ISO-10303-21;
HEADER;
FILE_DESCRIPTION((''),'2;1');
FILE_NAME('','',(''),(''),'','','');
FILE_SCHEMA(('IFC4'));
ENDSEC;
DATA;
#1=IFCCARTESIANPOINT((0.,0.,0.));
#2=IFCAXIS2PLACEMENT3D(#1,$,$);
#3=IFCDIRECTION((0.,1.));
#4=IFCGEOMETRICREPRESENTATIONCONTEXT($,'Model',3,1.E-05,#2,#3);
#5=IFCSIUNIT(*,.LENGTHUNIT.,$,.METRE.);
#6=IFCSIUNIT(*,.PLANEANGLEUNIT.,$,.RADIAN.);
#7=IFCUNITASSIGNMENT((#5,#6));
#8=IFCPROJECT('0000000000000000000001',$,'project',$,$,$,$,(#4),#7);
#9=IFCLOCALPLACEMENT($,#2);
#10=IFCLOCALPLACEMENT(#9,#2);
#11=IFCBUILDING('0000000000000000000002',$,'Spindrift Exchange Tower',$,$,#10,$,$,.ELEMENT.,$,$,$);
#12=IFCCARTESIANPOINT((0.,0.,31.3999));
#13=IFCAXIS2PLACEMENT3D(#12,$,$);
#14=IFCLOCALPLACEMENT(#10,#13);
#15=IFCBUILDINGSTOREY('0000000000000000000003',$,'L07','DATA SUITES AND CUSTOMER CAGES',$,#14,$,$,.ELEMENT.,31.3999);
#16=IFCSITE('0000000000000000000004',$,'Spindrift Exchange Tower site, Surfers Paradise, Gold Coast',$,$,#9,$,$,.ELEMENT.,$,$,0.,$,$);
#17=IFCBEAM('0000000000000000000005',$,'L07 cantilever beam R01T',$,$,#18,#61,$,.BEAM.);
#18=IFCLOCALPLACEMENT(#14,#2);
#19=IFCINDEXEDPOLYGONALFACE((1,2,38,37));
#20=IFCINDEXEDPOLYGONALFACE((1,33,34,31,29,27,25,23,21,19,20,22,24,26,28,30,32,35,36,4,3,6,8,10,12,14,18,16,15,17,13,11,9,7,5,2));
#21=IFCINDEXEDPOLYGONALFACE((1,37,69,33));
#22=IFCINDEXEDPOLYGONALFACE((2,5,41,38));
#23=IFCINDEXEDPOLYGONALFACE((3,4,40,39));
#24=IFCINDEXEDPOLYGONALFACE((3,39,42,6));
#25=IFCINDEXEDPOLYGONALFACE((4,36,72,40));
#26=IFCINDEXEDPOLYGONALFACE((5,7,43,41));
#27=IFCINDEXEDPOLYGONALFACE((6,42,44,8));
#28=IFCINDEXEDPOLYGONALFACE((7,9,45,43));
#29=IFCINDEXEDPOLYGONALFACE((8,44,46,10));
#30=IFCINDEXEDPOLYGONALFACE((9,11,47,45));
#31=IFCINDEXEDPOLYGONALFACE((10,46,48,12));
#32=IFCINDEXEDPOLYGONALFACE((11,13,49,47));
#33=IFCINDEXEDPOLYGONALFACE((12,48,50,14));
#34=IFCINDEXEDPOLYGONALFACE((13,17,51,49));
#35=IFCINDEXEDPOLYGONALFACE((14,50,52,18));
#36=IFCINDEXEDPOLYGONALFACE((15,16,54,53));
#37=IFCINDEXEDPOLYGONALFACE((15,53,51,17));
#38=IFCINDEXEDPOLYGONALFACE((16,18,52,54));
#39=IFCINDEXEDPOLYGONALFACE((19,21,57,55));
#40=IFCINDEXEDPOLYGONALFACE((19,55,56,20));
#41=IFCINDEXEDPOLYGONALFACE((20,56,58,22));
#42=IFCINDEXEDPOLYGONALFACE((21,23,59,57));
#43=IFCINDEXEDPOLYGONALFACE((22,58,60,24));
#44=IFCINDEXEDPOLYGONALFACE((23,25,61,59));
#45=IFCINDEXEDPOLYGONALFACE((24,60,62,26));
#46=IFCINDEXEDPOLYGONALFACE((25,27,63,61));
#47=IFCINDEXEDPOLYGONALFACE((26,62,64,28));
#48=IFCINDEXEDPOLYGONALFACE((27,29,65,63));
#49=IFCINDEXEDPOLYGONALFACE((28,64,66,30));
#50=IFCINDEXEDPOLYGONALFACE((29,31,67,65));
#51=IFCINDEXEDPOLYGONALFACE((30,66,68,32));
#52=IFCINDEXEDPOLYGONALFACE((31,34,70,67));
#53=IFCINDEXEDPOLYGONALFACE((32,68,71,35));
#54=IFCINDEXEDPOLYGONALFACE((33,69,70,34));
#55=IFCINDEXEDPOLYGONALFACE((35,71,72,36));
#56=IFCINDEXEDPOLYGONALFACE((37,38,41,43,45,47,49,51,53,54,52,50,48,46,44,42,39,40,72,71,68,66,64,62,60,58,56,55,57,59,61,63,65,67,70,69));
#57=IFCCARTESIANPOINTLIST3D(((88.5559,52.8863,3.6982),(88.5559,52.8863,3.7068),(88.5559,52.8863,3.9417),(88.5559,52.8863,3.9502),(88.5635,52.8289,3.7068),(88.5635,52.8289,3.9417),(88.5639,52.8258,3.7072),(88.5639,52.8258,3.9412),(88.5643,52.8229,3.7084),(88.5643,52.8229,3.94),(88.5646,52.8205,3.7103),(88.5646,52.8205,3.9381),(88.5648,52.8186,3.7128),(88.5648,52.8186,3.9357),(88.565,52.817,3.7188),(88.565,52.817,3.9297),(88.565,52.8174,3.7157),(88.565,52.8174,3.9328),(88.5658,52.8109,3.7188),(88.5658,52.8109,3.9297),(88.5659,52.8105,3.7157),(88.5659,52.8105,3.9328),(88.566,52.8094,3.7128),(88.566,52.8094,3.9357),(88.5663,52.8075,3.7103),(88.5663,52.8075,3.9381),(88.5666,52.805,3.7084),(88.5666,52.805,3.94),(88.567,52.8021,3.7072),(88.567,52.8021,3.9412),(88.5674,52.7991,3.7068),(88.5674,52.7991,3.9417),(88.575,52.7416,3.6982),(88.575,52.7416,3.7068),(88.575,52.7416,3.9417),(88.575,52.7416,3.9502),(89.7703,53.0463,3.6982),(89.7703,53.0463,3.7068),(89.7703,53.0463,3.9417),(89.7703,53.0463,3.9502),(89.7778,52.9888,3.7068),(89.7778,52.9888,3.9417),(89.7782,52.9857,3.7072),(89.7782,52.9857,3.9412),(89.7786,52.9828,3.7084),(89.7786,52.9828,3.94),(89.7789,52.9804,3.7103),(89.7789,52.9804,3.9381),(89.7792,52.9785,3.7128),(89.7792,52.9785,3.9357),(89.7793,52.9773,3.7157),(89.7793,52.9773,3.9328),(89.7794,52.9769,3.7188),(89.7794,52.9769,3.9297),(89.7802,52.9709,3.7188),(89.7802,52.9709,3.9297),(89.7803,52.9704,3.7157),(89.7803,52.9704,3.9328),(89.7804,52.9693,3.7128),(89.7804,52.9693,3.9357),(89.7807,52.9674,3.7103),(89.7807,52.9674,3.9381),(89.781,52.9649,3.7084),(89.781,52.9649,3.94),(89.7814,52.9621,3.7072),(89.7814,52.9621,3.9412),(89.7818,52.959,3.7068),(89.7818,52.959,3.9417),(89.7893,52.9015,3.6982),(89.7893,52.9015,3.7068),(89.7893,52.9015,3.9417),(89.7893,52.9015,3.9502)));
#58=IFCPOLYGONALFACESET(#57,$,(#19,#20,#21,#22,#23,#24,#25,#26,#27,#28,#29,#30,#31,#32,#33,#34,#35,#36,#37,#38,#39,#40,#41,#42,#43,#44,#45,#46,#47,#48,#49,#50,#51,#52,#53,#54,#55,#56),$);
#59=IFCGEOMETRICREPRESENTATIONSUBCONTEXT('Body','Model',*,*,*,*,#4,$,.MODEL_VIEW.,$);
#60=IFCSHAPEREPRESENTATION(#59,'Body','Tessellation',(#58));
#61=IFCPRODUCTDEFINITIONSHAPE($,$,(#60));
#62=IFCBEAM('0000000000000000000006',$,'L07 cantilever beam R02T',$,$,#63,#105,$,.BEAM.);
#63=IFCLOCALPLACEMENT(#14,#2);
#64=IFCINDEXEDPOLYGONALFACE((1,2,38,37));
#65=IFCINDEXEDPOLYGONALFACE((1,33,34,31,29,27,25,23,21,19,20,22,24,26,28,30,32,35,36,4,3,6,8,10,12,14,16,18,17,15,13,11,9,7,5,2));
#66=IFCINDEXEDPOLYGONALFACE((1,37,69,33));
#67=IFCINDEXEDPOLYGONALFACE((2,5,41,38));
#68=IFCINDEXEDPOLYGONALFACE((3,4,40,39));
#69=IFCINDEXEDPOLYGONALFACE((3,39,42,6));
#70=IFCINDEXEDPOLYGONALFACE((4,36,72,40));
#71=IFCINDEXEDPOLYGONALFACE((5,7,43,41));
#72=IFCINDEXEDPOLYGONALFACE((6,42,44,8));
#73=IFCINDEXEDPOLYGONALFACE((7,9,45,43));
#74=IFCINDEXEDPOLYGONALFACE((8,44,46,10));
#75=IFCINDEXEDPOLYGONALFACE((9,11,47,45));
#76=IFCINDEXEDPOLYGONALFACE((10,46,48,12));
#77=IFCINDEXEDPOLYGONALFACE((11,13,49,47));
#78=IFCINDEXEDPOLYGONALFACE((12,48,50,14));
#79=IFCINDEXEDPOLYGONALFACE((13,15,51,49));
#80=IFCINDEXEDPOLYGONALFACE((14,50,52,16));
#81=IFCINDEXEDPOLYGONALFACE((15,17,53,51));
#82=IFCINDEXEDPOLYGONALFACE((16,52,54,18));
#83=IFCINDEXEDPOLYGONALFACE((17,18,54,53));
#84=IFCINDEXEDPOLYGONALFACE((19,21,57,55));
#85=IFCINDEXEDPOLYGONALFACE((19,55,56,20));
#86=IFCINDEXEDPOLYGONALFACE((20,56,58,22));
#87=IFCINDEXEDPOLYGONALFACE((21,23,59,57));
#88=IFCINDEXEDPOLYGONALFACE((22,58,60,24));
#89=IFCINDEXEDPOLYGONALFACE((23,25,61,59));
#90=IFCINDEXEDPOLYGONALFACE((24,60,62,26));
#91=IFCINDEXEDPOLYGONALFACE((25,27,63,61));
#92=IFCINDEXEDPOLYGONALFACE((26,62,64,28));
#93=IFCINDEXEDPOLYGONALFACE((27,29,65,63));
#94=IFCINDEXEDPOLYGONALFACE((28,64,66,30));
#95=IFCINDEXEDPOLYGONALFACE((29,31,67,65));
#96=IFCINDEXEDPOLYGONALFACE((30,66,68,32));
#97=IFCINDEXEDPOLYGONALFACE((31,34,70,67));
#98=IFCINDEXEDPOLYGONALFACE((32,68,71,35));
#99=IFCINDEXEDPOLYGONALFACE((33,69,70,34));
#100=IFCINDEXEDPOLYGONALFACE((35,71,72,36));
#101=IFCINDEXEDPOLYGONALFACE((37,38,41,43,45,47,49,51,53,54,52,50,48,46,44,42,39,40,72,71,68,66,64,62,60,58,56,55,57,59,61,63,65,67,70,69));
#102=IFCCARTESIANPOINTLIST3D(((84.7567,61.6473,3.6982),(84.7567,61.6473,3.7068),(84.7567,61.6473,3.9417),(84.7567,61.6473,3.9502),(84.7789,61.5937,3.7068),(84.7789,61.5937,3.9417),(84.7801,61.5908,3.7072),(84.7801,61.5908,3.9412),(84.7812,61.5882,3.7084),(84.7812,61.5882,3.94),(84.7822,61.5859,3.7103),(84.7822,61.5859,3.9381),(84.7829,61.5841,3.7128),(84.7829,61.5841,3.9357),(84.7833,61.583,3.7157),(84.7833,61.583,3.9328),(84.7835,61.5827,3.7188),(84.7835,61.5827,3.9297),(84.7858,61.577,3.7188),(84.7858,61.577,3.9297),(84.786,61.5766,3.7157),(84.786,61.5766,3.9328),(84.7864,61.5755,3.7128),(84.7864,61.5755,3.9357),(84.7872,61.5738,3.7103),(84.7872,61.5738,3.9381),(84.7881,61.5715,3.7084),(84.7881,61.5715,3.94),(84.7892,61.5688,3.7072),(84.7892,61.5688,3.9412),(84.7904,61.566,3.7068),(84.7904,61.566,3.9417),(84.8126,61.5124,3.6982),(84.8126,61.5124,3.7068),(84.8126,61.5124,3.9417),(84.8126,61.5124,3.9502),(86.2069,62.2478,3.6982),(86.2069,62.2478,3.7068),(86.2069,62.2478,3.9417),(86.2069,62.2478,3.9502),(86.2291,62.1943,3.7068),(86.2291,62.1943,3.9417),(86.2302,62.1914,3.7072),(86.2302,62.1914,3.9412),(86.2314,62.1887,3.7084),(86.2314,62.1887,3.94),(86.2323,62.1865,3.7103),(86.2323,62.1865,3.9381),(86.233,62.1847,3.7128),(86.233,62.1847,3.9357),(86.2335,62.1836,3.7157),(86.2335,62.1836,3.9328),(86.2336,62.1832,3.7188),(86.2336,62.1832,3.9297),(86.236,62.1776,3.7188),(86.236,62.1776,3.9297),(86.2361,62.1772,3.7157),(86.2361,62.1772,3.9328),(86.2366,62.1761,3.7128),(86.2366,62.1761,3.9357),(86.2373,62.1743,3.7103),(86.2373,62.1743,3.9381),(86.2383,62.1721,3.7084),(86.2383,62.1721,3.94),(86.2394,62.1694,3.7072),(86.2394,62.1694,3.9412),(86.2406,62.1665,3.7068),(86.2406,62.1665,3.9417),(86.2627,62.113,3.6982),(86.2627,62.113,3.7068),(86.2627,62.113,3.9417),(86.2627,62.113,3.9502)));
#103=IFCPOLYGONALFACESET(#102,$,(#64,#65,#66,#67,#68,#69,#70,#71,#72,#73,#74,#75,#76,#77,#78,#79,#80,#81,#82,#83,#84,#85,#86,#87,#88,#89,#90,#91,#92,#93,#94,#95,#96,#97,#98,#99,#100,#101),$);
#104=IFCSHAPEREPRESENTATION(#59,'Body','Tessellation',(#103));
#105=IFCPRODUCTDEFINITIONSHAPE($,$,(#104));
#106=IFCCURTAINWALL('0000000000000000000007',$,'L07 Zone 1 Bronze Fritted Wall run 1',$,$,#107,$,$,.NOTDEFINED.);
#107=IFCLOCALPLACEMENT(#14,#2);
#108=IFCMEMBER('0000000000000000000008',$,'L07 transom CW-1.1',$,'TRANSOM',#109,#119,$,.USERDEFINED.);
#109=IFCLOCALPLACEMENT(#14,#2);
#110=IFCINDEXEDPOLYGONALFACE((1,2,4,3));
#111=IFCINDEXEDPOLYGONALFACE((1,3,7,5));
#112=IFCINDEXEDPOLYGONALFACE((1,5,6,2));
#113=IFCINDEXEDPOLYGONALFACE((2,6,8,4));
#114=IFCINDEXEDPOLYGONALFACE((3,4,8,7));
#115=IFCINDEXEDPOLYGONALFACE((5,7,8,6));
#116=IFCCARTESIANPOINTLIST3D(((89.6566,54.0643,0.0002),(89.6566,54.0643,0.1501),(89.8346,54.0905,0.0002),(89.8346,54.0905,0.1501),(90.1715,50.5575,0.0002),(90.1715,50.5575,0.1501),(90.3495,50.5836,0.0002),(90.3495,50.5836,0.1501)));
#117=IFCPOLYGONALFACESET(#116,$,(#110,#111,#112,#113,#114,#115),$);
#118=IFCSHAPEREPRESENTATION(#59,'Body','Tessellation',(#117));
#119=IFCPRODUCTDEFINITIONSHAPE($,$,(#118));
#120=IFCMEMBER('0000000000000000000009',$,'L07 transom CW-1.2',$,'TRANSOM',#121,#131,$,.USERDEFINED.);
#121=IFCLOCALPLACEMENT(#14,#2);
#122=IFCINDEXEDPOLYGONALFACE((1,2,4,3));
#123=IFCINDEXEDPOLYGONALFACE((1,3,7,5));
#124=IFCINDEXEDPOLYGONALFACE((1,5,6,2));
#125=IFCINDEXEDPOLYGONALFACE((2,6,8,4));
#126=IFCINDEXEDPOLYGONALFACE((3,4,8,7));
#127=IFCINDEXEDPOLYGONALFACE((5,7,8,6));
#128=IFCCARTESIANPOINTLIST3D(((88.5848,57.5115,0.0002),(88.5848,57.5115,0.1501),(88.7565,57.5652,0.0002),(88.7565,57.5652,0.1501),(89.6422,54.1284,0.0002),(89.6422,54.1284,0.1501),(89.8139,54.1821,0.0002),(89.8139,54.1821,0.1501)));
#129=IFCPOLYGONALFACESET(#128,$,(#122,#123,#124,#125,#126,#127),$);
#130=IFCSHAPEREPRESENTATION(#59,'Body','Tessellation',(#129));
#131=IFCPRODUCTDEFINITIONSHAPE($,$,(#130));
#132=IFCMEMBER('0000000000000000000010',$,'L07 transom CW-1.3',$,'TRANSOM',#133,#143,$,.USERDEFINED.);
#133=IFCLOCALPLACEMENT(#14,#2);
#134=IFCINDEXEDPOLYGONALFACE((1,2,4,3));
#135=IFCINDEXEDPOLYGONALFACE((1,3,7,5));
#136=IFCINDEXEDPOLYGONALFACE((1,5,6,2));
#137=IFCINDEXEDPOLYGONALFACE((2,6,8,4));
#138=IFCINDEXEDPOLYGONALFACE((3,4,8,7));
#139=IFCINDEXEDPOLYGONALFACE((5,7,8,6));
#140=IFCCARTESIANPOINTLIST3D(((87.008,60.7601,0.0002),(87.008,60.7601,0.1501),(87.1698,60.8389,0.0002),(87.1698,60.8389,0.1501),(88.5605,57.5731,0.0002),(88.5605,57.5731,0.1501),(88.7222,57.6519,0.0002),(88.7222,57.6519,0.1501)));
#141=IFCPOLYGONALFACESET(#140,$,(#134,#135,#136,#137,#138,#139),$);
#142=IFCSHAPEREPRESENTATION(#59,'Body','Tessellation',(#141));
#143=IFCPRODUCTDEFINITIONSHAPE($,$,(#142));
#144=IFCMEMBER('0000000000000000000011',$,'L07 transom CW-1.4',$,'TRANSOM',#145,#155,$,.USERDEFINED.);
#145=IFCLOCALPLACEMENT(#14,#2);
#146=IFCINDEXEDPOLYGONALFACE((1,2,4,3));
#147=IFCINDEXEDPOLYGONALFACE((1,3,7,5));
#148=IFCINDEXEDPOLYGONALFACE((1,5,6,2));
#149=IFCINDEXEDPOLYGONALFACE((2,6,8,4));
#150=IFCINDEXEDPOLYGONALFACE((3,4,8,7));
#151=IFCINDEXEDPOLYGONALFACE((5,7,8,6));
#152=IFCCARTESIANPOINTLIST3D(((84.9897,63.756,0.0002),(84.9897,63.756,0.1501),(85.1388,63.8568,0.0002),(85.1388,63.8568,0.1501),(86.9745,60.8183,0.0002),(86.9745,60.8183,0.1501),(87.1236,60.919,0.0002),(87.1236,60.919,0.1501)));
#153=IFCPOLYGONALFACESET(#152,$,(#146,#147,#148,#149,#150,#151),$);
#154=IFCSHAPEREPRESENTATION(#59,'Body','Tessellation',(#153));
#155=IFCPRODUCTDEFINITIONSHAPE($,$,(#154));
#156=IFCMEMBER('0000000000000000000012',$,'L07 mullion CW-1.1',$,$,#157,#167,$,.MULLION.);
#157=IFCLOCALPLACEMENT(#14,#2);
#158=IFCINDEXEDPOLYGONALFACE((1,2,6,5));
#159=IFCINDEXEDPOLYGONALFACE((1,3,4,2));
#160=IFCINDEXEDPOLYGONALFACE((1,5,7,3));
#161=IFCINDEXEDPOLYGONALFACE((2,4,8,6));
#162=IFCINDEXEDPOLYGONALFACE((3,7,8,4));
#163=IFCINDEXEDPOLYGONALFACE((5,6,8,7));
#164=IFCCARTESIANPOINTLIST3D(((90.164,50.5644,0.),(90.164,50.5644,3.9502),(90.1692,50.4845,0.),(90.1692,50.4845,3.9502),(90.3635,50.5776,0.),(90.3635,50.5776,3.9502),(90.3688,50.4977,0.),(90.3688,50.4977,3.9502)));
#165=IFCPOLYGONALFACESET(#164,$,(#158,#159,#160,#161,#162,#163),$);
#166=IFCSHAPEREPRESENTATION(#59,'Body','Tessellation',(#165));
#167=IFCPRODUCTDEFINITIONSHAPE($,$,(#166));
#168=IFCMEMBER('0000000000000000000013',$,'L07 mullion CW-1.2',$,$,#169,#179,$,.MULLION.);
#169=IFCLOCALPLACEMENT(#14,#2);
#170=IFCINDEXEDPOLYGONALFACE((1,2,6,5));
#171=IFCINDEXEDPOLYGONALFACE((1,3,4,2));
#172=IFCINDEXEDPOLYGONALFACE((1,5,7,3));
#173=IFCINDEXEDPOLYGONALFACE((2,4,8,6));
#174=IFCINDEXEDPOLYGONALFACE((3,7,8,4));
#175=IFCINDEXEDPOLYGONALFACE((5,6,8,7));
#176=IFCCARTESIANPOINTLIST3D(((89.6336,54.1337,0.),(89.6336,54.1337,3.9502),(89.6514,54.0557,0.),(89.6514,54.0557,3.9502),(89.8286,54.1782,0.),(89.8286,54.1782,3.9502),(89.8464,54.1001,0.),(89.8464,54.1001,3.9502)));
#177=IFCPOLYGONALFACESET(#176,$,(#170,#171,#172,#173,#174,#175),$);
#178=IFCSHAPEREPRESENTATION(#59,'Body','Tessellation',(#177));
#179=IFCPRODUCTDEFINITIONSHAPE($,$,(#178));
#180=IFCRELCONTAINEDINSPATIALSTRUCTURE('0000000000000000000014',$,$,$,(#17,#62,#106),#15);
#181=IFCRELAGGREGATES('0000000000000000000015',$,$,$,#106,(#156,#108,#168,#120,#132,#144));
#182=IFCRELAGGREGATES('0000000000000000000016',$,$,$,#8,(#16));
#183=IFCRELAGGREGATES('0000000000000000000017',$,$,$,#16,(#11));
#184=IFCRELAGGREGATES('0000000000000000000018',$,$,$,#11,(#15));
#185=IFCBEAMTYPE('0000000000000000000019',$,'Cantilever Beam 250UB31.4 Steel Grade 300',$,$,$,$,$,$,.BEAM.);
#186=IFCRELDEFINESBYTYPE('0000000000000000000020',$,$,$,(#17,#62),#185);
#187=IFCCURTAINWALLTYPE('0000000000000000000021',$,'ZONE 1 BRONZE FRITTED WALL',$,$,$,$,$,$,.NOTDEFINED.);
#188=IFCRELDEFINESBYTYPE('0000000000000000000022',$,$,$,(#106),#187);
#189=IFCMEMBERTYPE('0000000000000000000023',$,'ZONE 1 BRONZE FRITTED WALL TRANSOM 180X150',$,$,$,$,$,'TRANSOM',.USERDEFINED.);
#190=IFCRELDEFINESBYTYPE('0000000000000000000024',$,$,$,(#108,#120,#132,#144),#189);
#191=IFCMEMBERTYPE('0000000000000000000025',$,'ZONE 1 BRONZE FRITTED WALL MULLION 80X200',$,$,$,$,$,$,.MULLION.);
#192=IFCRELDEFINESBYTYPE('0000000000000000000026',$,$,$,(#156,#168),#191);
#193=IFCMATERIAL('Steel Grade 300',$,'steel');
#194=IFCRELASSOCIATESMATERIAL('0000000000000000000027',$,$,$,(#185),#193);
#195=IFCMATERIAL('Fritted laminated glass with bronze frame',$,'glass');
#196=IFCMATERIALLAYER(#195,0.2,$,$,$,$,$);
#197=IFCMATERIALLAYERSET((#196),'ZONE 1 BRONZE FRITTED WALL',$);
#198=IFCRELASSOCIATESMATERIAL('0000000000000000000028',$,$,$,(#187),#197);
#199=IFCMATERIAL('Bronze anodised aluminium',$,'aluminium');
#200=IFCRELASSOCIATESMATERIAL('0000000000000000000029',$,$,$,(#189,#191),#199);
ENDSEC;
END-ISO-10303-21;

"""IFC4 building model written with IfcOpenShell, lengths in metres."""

from ifc_helpers import new_model, si_unit, direction, frame, origin, origin_2d, place, context, subcontext, project, spatial, rectangle, i_section, extrude, source, transform, mapped, material, layer, layer_set, material_profile, profile_set, type_object, element, aggregate, save


model = new_model("IFC4")

# Units and contexts
model_context = context("Model", 3, precision=1e-05, world=origin(), true_north=direction((0.0, 1.0)))
body_context = subcontext(model_context, "Body", "Model", "MODEL_VIEW")
ifc_project = project(units=[si_unit("LENGTHUNIT", "METRE"), si_unit("PLANEANGLEUNIT", "RADIAN")], contexts=[model_context])

# Site, building, storey
site_placement = place(None, origin())
site = spatial("IfcSite", under=ifc_project, at=site_placement, Name="Spindrift Exchange Tower site, Surfers Paradise, Gold Coast", CompositionType="ELEMENT", RefElevation=0.0)
building_placement = place(site_placement, origin())
building = spatial("IfcBuilding", under=site, at=building_placement, Name="Spindrift Exchange Tower", CompositionType="ELEMENT")
storey_placement = place(building_placement, frame((0.0, 0.0, 31.3999)))
storey = spatial("IfcBuildingStorey", under=building, at=storey_placement, Name="L07", Description="DATA SUITES AND CUSTOMER CAGES", CompositionType="ELEMENT", Elevation=31.3999)

# Beams
ifc_material_1 = material(Name="Steel Grade 300", Category="steel")
ifc_material_profile_1 = material_profile(ifc_material_1, i_section(OverallWidth=0.146, OverallDepth=0.252, WebThickness=0.0061, FlangeThickness=0.0085, FilletRadius=0.012, at=origin_2d()), Name="250UB31.4")
ifc_profile_set_1 = profile_set([ifc_material_profile_1], Name="Steel Grade 300")
beam_type_1 = type_object("IfcBeamType", Name="Cantilever Beam 250UB31.4 Steel Grade 300", PredefinedType="BEAM", material=ifc_profile_set_1)
shared_shape_1 = source(origin(), body_context, "Body", "SweptSolid", [
    extrude(i_section(OverallWidth=0.146, OverallDepth=0.252, WebThickness=0.0061, FlangeThickness=0.0085, FilletRadius=0.012, at=origin_2d()), origin(), (0.0, 0.0, 1.0), 1.2249),
])
beam_1_placement = place(storey_placement, frame((88.5654, 52.814, 3.8242), z_axis=(0.991441, 0.130558, 0.0), x_axis=(-0.130558, 0.991441, 0.0)))
element("IfcBeam", 1, at=beam_1_placement, inside=storey, type_object=beam_type_1, Name="L07 cantilever beam R01T", PredefinedType="BEAM", context=body_context, shape_type="MappedRepresentation", body=[
    mapped(shared_shape_1, transform((0.0, 0.0, 0.0), scale=1.0)),
])
shared_shape_2 = source(origin(), body_context, "Body", "SweptSolid", [
    extrude(i_section(OverallWidth=0.146, OverallDepth=0.252, WebThickness=0.0061, FlangeThickness=0.0085, FilletRadius=0.012, at=origin_2d()), origin(), (0.0, 0.0, 1.0), 1.5696),
])
beam_2_placement = place(storey_placement, frame((84.7847, 61.5798, 3.8242), z_axis=(0.923903, 0.382627, 0.0), x_axis=(-0.382627, 0.923903, 0.0)))
element("IfcBeam", 2, at=beam_2_placement, inside=storey, type_object=beam_type_1, Name="L07 cantilever beam R02T", PredefinedType="BEAM", context=body_context, shape_type="MappedRepresentation", body=[
    mapped(shared_shape_2, transform((0.0, 0.0, 0.0), scale=1.0)),
])

# Curtain wall, members
ifc_material_2 = material(Name="Fritted laminated glass with bronze frame", Category="glass")
ifc_layer_1 = layer(ifc_material_2, 0.2)
ifc_layer_set_1 = layer_set([ifc_layer_1], Name="ZONE 1 BRONZE FRITTED WALL")
curtain_wall_type = type_object("IfcCurtainWallType", Name="ZONE 1 BRONZE FRITTED WALL", PredefinedType="NOTDEFINED", material=ifc_layer_set_1)
curtain_wall_placement = place(storey_placement, origin())
curtain_wall = element("IfcCurtainWall", 3, at=curtain_wall_placement, inside=storey, type_object=curtain_wall_type, Name="L07 Zone 1 Bronze Fritted Wall run 1", PredefinedType="NOTDEFINED")
ifc_material_3 = material(Name="Bronze anodised aluminium", Category="aluminium")
ifc_material_profile_2 = material_profile(ifc_material_3, rectangle(XDim=0.1799, YDim=0.1499, at=origin_2d()), Name="ZONE 1 BRONZE FRITTED WALL TRANSOM 180X150")
ifc_profile_set_2 = profile_set([ifc_material_profile_2], Name="Bronze anodised aluminium")
member_type_1 = type_object("IfcMemberType", Name="ZONE 1 BRONZE FRITTED WALL TRANSOM 180X150", ElementType="TRANSOM", PredefinedType="USERDEFINED", material=ifc_profile_set_2)
shared_shape_3 = source(origin(), body_context, "Body", "SweptSolid", [
    extrude(rectangle(XDim=0.1799, YDim=0.1499, at=origin_2d()), origin(), (0.0, 0.0, 1.0), 3.5444),
])
member_1_placement = place(storey_placement, frame((90.2605, 50.5706, 0.0752), z_axis=(-0.145268, 0.989392, 0.0), x_axis=(-0.989392, -0.145268, 0.0)))
member_1 = element("IfcMember", 4, at=member_1_placement, type_object=member_type_1, Name="L07 transom CW-1.1", ObjectType="TRANSOM", PredefinedType="USERDEFINED", context=body_context, shape_type="MappedRepresentation", body=[
    mapped(shared_shape_3, transform((0.0, 0.0, 0.0), scale=1.0)),
])
member_2_placement = place(storey_placement, frame((89.728, 54.1553, 0.0752), z_axis=(-0.298318, 0.954466, 0.0), x_axis=(-0.954466, -0.298318, 0.0)))
member_2 = element("IfcMember", 5, at=member_2_placement, type_object=member_type_1, Name="L07 transom CW-1.2", ObjectType="TRANSOM", PredefinedType="USERDEFINED", context=body_context, shape_type="MappedRepresentation", body=[
    mapped(shared_shape_3, transform((0.0, 0.0, 0.0), scale=1.0)),
])
shared_shape_4 = source(origin(), body_context, "Body", "SweptSolid", [
    extrude(rectangle(XDim=0.1799, YDim=0.1499, at=origin_2d()), origin(), (0.0, 0.0, 1.0), 3.5449),
])
member_3_placement = place(storey_placement, frame((88.6414, 57.6125, 0.0752), z_axis=(-0.437934, 0.899007, 0.0), x_axis=(-0.899007, -0.437934, 0.0)))
member_3 = element("IfcMember", 6, at=member_3_placement, type_object=member_type_1, Name="L07 transom CW-1.3", ObjectType="TRANSOM", PredefinedType="USERDEFINED", context=body_context, shape_type="MappedRepresentation", body=[
    mapped(shared_shape_4, transform((0.0, 0.0, 0.0), scale=1.0)),
])
shared_shape_5 = source(origin(), body_context, "Body", "SweptSolid", [
    extrude(rectangle(XDim=0.1799, YDim=0.1499, at=origin_2d()), origin(), (0.0, 0.0, 1.0), 3.5454),
])
member_4_placement = place(storey_placement, frame((87.0491, 60.8687, 0.0752), z_axis=(-0.559838, 0.828602, 0.0), x_axis=(-0.828602, -0.559838, 0.0)))
member_4 = element("IfcMember", 7, at=member_4_placement, type_object=member_type_1, Name="L07 transom CW-1.4", ObjectType="TRANSOM", PredefinedType="USERDEFINED", context=body_context, shape_type="MappedRepresentation", body=[
    mapped(shared_shape_5, transform((0.0, 0.0, 0.0), scale=1.0)),
])
ifc_material_profile_3 = material_profile(ifc_material_3, rectangle(XDim=0.0801, YDim=0.2, at=origin_2d()), Name="ZONE 1 BRONZE FRITTED WALL MULLION 80X200")
ifc_profile_set_3 = profile_set([ifc_material_profile_3], Name="Bronze anodised aluminium")
member_type_2 = type_object("IfcMemberType", Name="ZONE 1 BRONZE FRITTED WALL MULLION 80X200", PredefinedType="MULLION", material=ifc_profile_set_3)
shared_shape_6 = source(origin(), body_context, "Body", "SweptSolid", [
    extrude(rectangle(XDim=0.0801, YDim=0.2, at=origin_2d()), origin(), (0.0, 0.0, 1.0), 3.9502),
])
member_5_placement = place(storey_placement, frame((90.2664, 50.531, 0.0), z_axis=(0.0, 0.0, 1.0), x_axis=(-0.066001, 0.99782, 0.0)))
member_5 = element("IfcMember", 8, at=member_5_placement, type_object=member_type_2, Name="L07 mullion CW-1.1", PredefinedType="MULLION", context=body_context, shape_type="MappedRepresentation", body=[
    mapped(shared_shape_6, transform((0.0, 0.0, 0.0), scale=1.0)),
])
member_6_placement = place(storey_placement, frame((89.74, 54.1169, 0.0), z_axis=(0.0, 0.0, 1.0), x_axis=(-0.222454, 0.974943, 0.0)))
member_6 = element("IfcMember", 9, at=member_6_placement, type_object=member_type_2, Name="L07 mullion CW-1.2", PredefinedType="MULLION", context=body_context, shape_type="MappedRepresentation", body=[
    mapped(shared_shape_6, transform((0.0, 0.0, 0.0), scale=1.0)),
])
aggregate(curtain_wall, [member_5, member_1, member_6, member_2, member_3, member_4])

save(model, "model.ifc")
